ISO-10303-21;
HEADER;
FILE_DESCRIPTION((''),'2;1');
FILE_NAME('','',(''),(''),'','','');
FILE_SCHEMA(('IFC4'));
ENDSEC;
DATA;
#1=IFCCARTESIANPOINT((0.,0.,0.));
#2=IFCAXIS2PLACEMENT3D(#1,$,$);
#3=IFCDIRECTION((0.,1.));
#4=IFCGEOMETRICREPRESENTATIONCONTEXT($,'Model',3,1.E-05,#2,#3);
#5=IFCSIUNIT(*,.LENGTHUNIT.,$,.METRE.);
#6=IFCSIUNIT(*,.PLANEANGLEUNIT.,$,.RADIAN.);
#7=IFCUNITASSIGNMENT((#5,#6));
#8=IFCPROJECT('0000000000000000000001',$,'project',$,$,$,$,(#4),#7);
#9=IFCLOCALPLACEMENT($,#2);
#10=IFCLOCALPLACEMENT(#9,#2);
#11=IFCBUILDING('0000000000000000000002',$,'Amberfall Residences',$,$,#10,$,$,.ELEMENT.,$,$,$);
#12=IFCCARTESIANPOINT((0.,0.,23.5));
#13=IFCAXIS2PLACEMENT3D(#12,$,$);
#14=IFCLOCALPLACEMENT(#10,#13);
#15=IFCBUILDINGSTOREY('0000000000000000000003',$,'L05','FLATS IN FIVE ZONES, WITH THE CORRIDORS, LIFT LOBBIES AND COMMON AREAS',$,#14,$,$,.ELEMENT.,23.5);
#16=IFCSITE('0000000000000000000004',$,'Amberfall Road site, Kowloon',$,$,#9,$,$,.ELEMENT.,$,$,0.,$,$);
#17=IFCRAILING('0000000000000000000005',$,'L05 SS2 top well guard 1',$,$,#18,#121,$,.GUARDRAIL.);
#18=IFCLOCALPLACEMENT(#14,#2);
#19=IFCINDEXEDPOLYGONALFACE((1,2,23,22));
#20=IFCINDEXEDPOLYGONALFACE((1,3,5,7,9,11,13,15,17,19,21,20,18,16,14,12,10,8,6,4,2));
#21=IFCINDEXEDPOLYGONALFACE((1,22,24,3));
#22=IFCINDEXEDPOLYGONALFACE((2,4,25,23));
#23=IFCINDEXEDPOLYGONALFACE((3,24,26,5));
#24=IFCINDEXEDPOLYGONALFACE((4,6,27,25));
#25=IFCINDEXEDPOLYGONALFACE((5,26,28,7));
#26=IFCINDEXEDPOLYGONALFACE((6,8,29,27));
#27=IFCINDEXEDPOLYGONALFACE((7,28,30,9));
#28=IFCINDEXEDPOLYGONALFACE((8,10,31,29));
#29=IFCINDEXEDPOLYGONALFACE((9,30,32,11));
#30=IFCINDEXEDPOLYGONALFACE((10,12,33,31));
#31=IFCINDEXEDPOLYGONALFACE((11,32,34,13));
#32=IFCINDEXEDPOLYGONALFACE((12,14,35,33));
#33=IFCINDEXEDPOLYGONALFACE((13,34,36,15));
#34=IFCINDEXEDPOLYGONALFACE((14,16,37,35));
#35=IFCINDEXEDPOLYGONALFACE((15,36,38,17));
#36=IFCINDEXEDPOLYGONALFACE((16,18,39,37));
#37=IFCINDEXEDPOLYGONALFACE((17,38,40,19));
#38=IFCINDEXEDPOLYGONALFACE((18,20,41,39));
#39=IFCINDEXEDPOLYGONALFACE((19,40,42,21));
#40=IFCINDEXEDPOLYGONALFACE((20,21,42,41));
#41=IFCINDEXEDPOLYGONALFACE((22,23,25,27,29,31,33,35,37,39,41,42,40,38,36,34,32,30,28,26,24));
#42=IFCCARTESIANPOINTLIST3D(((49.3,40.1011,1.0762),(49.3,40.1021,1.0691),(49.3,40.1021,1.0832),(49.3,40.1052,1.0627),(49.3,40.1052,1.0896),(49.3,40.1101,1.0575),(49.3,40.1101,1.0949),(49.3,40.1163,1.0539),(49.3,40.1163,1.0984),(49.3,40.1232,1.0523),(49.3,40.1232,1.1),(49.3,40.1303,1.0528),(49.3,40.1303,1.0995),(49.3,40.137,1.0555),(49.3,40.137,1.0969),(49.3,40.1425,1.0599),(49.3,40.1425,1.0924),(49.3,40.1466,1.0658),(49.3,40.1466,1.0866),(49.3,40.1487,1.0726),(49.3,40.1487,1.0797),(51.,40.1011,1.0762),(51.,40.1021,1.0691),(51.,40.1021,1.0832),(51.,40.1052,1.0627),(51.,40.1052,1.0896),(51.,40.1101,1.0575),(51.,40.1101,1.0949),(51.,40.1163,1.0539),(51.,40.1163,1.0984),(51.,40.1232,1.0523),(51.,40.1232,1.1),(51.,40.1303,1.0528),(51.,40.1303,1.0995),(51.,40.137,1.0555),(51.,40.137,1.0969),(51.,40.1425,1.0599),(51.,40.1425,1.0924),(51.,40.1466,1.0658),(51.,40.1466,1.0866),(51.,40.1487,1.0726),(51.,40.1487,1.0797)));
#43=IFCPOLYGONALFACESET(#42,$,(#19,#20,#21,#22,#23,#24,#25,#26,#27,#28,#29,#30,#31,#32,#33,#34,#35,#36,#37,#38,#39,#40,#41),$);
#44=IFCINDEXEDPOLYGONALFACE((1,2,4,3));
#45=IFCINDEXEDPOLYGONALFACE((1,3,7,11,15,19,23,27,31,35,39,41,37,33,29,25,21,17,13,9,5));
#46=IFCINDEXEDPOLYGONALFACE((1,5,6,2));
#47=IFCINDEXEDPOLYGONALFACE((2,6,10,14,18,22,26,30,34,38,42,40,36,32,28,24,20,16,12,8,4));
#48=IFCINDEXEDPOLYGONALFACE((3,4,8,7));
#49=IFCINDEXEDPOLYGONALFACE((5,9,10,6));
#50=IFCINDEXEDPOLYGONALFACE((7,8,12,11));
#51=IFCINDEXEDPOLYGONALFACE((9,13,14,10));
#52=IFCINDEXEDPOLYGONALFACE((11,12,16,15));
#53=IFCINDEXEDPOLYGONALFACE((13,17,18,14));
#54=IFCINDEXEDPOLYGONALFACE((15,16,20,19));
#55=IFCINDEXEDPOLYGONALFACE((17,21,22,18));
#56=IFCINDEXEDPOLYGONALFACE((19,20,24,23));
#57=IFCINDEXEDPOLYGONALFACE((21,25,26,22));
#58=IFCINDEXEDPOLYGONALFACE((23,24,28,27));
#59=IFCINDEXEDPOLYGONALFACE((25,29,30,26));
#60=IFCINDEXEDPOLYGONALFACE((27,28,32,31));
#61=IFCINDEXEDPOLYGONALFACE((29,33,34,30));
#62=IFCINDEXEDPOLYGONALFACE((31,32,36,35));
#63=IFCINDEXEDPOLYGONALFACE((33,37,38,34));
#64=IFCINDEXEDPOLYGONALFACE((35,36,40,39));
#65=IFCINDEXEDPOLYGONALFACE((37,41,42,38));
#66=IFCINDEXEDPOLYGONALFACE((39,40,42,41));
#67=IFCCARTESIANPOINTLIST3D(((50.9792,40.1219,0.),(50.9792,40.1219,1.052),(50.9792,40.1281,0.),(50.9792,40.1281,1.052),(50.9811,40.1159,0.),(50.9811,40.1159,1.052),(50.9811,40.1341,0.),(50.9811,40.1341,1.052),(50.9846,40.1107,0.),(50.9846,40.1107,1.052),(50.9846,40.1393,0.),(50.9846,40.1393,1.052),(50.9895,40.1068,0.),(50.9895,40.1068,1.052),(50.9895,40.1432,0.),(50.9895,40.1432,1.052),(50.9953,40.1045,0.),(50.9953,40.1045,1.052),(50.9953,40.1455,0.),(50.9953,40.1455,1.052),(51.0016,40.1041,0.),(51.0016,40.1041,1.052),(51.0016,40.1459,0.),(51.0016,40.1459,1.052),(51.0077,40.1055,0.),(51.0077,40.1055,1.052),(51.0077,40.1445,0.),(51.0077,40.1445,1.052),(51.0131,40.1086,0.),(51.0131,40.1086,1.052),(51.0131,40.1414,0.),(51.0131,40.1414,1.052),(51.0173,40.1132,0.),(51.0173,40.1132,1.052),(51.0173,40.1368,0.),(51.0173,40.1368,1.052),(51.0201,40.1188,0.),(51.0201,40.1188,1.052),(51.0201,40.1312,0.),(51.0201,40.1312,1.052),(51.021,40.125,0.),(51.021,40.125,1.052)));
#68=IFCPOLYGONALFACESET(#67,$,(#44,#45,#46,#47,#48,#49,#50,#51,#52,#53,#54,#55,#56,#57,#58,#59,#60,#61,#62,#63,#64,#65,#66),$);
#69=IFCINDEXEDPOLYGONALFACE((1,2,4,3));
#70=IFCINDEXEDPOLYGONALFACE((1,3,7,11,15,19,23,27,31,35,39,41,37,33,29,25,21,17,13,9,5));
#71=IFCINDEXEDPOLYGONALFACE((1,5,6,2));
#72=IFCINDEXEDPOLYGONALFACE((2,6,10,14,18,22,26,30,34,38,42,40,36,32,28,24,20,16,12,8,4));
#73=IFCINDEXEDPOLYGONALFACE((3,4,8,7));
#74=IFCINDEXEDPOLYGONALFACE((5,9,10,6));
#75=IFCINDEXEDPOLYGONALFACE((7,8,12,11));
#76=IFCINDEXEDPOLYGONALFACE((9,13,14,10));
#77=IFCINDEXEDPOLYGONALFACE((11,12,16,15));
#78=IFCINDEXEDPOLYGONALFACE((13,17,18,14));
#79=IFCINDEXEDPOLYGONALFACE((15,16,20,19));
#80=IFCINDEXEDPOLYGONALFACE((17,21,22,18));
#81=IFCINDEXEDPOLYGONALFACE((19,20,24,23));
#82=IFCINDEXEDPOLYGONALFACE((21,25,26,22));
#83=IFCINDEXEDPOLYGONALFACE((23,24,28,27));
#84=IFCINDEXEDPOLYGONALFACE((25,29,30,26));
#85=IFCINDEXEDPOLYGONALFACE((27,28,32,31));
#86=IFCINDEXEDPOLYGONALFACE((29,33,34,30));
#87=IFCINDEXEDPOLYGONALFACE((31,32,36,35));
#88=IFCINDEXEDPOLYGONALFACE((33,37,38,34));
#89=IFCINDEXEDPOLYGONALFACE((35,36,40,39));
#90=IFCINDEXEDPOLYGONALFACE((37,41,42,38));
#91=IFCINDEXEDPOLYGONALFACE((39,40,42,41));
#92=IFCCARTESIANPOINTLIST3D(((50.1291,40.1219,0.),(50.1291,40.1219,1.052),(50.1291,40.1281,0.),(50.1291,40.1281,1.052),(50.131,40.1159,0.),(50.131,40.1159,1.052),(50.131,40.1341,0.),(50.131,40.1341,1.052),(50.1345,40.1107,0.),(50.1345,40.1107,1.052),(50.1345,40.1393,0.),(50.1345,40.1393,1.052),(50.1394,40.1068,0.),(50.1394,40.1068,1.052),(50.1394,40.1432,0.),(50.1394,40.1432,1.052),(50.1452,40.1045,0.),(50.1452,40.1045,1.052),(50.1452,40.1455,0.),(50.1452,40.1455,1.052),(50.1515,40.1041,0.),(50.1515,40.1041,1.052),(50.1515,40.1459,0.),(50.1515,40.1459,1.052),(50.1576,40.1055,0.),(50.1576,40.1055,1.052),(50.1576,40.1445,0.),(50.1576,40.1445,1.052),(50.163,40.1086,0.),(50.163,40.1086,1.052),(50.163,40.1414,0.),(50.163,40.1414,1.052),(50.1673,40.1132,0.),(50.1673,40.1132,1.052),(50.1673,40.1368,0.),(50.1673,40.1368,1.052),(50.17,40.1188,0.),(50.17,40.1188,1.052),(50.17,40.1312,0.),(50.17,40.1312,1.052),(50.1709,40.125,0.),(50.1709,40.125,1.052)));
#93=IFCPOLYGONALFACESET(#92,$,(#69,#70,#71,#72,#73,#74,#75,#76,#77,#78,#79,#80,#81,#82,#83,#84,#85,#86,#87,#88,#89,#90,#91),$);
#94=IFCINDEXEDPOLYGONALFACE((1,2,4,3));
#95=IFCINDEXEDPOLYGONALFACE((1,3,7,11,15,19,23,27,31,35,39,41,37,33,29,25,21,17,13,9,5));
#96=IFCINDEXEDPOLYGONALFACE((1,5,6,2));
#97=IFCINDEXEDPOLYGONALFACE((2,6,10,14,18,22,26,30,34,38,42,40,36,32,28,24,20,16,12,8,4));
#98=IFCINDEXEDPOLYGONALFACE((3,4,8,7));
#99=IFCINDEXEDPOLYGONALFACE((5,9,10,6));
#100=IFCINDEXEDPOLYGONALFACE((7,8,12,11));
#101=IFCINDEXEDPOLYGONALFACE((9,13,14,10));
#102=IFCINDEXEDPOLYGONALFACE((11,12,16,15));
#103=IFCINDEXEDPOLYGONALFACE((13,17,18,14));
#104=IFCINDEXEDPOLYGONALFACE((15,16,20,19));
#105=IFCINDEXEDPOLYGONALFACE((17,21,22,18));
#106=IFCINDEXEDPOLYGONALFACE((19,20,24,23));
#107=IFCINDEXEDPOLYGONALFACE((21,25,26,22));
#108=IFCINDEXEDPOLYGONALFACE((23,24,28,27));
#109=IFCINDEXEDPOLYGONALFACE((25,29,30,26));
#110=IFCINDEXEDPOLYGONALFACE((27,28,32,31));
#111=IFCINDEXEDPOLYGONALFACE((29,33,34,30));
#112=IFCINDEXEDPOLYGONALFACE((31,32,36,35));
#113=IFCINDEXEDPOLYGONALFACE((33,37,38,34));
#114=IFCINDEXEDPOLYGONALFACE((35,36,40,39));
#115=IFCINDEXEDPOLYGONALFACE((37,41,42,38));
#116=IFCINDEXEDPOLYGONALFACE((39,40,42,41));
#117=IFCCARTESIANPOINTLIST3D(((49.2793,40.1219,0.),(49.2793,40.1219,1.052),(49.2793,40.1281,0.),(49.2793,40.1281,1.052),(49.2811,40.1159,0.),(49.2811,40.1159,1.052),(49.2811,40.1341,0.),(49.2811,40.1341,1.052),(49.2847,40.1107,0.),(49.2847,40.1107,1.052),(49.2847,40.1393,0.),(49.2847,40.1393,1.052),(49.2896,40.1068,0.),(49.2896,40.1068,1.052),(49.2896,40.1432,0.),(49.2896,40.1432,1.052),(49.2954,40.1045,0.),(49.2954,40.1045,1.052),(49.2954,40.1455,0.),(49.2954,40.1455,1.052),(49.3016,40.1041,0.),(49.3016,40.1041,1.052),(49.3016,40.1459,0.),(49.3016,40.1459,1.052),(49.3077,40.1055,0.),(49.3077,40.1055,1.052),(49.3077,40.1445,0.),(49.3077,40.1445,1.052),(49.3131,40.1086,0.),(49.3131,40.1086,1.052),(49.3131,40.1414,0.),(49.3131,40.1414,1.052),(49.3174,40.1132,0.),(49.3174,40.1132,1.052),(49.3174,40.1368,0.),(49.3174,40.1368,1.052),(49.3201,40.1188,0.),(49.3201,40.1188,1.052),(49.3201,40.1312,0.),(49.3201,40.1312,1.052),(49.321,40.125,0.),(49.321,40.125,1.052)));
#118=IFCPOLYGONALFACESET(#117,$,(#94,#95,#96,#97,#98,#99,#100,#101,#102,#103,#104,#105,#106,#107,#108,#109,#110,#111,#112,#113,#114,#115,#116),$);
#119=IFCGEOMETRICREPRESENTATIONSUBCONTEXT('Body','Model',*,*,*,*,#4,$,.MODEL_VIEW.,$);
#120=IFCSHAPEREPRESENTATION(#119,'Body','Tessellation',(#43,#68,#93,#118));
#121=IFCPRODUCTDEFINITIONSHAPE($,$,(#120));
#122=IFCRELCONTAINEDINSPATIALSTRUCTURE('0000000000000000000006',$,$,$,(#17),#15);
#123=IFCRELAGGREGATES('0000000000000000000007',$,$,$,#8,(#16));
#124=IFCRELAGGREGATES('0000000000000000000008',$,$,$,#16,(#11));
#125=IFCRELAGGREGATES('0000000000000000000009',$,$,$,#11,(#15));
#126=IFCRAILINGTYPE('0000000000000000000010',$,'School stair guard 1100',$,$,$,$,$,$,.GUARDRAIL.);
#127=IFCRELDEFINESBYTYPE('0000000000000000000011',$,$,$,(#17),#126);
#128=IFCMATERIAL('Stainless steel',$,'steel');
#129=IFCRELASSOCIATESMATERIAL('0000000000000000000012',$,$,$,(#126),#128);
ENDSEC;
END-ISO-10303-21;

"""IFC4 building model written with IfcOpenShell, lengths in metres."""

from ifc_helpers import new_model, si_unit, direction, frame, origin, origin_2d, place, context, subcontext, project, spatial, circle, extrude, material, type_object, element, save


model = new_model("IFC4")

# Units and contexts
model_context = context("Model", 3, precision=1e-05, world=origin(), true_north=direction((0.0, 1.0)))
body_context = subcontext(model_context, "Body", "Model", "MODEL_VIEW")
ifc_project = project(units=[si_unit("LENGTHUNIT", "METRE"), si_unit("PLANEANGLEUNIT", "RADIAN")], contexts=[model_context])

# Site, building, storey
site_placement = place(None, origin())
site = spatial("IfcSite", under=ifc_project, at=site_placement, Name="Amberfall Road site, Kowloon", CompositionType="ELEMENT", RefElevation=0.0)
building_placement = place(site_placement, origin())
building = spatial("IfcBuilding", under=site, at=building_placement, Name="Amberfall Residences", CompositionType="ELEMENT")
storey_placement = place(building_placement, frame((0.0, 0.0, 23.5)))
storey = spatial("IfcBuildingStorey", under=building, at=storey_placement, Name="L05", Description="FLATS IN FIVE ZONES, WITH THE CORRIDORS, LIFT LOBBIES AND COMMON AREAS", CompositionType="ELEMENT", Elevation=23.5)

# Railing
ifc_material_1 = material(Name="Stainless steel", Category="steel")
railing_type = type_object("IfcRailingType", Name="School stair guard 1100", PredefinedType="GUARDRAIL", material=ifc_material_1)
for number, where, name in (
    (1, (51.0, 40.125, 0.0), "L05 SS2 top well guard 1"),
):
    element("IfcRailing", number, at=place(storey_placement, frame(where)), inside=storey, type_object=railing_type, Name=name, PredefinedType="GUARDRAIL", context=body_context, shape_type="SweptSolid", body=[
        extrude(circle(Radius=0.0239, at=origin_2d()), frame((0.0, 0.0, 1.0762), z_axis=(-1.0, 0.0, 0.0), x_axis=(0.0, -1.0, 0.0)), (0.0, 0.0, 1.0), 1.7),
        extrude(circle(Radius=0.021, at=origin_2d()), origin(), (0.0, 0.0, 1.0), 1.052),
        extrude(circle(Radius=0.021, at=origin_2d()), frame((-0.8501, 0.0, 0.0)), (0.0, 0.0, 1.0), 1.052),
        extrude(circle(Radius=0.021, at=origin_2d()), frame((-1.7, 0.0, 0.0)), (0.0, 0.0, 1.0), 1.052),
    ])

save(model, "model.ifc")
